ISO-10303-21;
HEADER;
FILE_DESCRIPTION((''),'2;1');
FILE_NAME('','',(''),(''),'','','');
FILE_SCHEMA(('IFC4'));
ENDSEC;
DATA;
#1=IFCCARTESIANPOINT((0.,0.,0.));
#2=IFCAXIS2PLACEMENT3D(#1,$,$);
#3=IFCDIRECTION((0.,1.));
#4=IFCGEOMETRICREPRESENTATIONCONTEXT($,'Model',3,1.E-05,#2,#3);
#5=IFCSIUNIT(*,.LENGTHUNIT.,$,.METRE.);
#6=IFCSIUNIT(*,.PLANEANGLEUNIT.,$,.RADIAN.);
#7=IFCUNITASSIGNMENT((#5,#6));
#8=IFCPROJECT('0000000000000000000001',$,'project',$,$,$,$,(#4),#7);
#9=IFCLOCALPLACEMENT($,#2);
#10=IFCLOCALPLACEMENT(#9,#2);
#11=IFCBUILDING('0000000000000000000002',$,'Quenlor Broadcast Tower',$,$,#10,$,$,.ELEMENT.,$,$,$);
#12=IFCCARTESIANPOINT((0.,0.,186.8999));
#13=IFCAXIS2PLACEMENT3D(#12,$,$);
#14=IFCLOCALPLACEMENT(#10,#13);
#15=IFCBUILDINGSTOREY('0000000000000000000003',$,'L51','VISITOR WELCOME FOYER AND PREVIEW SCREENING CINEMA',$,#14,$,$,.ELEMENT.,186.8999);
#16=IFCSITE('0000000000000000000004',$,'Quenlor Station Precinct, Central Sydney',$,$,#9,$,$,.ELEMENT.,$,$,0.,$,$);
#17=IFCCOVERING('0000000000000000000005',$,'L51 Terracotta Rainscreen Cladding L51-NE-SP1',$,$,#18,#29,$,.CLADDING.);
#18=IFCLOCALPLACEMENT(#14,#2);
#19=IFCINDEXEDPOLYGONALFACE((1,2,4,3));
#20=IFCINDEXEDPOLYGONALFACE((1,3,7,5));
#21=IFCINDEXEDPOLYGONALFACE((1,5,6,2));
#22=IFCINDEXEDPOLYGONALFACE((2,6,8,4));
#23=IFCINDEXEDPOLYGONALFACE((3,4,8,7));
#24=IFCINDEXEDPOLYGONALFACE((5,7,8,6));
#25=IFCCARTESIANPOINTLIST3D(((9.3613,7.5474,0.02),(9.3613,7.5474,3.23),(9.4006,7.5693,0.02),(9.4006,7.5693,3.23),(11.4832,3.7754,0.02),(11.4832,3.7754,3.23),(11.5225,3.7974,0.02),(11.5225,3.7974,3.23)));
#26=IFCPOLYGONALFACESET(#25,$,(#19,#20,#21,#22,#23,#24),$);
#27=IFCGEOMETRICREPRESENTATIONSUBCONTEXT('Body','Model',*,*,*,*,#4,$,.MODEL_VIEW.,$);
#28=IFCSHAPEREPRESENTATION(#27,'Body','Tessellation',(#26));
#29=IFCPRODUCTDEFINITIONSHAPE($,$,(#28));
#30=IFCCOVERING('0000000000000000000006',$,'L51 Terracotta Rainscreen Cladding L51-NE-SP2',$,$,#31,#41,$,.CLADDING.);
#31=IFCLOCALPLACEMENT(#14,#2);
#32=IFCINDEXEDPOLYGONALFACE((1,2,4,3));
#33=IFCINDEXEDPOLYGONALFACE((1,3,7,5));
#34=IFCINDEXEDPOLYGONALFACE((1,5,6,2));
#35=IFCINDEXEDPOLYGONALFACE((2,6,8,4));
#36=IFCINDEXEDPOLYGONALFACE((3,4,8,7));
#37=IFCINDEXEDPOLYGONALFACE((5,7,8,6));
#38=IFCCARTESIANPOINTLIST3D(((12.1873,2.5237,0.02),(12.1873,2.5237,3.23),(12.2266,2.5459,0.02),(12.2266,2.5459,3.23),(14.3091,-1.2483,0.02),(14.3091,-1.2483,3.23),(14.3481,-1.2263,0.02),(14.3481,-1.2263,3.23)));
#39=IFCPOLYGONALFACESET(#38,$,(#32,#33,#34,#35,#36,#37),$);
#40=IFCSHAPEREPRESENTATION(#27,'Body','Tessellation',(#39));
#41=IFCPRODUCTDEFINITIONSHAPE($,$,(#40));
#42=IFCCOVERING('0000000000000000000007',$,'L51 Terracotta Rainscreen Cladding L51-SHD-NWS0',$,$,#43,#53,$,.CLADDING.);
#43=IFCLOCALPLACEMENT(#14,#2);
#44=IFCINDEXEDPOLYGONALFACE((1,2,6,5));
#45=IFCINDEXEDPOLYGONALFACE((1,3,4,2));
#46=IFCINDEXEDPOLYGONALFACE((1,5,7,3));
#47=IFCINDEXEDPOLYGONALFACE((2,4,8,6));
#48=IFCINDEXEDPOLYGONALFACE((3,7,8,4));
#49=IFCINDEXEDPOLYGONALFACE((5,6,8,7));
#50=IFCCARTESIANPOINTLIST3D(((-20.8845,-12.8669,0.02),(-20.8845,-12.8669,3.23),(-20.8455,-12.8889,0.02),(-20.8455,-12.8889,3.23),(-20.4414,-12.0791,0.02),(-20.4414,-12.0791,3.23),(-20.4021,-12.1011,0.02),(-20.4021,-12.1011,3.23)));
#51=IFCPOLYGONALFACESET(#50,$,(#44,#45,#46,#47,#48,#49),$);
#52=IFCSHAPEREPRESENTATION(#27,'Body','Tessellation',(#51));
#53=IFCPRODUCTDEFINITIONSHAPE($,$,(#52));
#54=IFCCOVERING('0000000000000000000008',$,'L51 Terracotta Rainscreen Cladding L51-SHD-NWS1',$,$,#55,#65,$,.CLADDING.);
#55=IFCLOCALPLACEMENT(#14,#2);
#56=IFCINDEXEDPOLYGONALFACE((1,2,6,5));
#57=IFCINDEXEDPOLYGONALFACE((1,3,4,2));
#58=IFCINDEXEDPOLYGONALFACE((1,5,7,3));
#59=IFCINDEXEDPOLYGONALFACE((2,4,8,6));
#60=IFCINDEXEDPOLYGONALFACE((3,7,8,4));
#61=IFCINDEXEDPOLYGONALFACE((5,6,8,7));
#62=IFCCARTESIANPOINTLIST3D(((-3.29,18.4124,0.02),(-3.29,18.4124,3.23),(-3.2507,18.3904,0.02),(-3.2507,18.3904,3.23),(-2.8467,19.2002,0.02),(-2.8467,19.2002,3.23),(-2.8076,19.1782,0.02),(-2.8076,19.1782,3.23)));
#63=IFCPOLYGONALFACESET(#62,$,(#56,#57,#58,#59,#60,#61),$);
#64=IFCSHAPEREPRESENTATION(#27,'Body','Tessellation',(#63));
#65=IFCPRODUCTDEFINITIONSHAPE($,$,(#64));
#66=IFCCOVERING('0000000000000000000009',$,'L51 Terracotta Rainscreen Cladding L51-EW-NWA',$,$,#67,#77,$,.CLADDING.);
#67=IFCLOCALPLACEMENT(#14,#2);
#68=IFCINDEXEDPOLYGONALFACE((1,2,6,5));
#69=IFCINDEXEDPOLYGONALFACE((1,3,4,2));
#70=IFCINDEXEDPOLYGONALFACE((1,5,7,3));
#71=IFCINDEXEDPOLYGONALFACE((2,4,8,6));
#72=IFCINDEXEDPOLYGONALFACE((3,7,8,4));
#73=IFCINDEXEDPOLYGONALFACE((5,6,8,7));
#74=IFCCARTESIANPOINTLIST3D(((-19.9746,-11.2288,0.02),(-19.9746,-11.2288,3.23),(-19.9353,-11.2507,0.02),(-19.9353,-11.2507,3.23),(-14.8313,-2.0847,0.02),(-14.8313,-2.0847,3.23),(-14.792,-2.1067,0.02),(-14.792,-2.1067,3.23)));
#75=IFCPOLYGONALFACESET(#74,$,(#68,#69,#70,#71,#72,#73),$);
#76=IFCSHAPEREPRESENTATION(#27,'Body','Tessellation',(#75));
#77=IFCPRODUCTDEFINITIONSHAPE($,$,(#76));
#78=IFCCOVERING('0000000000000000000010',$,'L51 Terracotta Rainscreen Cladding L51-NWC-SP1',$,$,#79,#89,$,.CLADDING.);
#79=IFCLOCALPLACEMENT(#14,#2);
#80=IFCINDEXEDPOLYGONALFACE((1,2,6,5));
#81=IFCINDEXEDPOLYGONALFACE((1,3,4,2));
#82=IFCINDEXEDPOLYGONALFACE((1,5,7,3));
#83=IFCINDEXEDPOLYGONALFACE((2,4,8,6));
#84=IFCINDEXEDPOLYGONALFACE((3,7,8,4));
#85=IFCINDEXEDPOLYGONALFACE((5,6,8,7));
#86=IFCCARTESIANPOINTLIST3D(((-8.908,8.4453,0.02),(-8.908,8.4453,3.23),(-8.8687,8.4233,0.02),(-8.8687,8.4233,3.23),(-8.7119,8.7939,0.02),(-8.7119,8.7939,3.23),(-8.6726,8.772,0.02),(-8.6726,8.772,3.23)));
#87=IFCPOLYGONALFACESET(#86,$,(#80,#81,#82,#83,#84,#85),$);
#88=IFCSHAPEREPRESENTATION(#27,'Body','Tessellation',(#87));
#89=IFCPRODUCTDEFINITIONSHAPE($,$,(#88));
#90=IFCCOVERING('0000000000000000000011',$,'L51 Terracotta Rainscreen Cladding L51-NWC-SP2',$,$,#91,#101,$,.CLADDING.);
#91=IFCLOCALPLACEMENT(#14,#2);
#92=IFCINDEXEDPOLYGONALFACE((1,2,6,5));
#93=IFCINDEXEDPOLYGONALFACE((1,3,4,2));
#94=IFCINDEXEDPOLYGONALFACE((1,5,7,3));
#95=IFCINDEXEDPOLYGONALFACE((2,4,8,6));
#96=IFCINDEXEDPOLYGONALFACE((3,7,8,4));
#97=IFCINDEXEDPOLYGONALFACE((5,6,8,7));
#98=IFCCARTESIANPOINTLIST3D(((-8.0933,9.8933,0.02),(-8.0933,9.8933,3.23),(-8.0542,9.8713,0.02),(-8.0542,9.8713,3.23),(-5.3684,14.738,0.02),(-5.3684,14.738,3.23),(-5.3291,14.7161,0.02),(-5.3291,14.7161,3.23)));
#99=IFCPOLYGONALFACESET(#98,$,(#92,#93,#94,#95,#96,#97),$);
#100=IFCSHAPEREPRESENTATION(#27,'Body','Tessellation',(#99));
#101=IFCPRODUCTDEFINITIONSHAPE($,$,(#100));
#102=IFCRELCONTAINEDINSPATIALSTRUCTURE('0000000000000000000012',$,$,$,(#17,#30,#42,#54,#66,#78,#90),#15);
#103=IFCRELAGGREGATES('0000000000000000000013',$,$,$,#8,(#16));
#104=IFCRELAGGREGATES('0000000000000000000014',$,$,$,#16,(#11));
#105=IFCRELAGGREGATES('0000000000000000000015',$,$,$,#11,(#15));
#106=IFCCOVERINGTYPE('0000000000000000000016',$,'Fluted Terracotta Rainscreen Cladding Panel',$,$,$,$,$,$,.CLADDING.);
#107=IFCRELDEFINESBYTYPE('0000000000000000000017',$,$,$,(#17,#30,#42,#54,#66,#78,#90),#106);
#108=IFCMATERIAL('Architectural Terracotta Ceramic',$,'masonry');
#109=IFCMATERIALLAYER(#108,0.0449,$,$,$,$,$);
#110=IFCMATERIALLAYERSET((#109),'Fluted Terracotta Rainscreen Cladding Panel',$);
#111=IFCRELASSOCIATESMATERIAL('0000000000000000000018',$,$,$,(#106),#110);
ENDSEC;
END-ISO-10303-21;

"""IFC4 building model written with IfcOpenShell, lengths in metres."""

from ifc_helpers import new_model, si_unit, direction, frame, origin, place, context, subcontext, project, spatial, polyline, outline, extrude, material, layer, layer_set, type_object, element, save


model = new_model("IFC4")

# Units and contexts
model_context = context("Model", 3, precision=1e-05, world=origin(), true_north=direction((0.0, 1.0)))
body_context = subcontext(model_context, "Body", "Model", "MODEL_VIEW")
ifc_project = project(units=[si_unit("LENGTHUNIT", "METRE"), si_unit("PLANEANGLEUNIT", "RADIAN")], contexts=[model_context])

# Site, building, storey
site_placement = place(None, origin())
site = spatial("IfcSite", under=ifc_project, at=site_placement, Name="Quenlor Station Precinct, Central Sydney", CompositionType="ELEMENT", RefElevation=0.0)
building_placement = place(site_placement, origin())
building = spatial("IfcBuilding", under=site, at=building_placement, Name="Quenlor Broadcast Tower", CompositionType="ELEMENT")
storey_placement = place(building_placement, frame((0.0, 0.0, 186.8999)))
storey = spatial("IfcBuildingStorey", under=building, at=storey_placement, Name="L51", Description="VISITOR WELCOME FOYER AND PREVIEW SCREENING CINEMA", CompositionType="ELEMENT", Elevation=186.8999)

# Coverings
ifc_material_1 = material(Name="Architectural Terracotta Ceramic", Category="masonry")
ifc_layer_1 = layer(ifc_material_1, 0.0449)
ifc_layer_set_1 = layer_set([ifc_layer_1], Name="Fluted Terracotta Rainscreen Cladding Panel")
covering_type = type_object("IfcCoveringType", Name="Fluted Terracotta Rainscreen Cladding Panel", PredefinedType="CLADDING", material=ifc_layer_set_1)
covering_1_placement = place(storey_placement, frame((0.0, 0.0, 0.02)))
element("IfcCovering", 1, at=covering_1_placement, inside=storey, type_object=covering_type, Name="L51 Terracotta Rainscreen Cladding L51-NE-SP1", PredefinedType="CLADDING", context=body_context, shape_type="SweptSolid", body=[
    extrude(outline(polyline([(9.3613, 7.5474), (11.4832, 3.7754), (11.5225, 3.7974), (9.4006, 7.5693), (9.3613, 7.5474)])), origin(), (0.0, 0.0, 1.0), 3.21),
])
covering_2_placement = place(storey_placement, frame((0.0, 0.0, 0.02)))
element("IfcCovering", 2, at=covering_2_placement, inside=storey, type_object=covering_type, Name="L51 Terracotta Rainscreen Cladding L51-NE-SP2", PredefinedType="CLADDING", context=body_context, shape_type="SweptSolid", body=[
    extrude(outline(polyline([(12.1873, 2.5237), (14.3091, -1.2483), (14.3481, -1.2263), (12.2266, 2.5459), (12.1873, 2.5237)])), origin(), (0.0, 0.0, 1.0), 3.21),
])
covering_3_placement = place(storey_placement, frame((0.0, 0.0, 0.02)))
element("IfcCovering", 3, at=covering_3_placement, inside=storey, type_object=covering_type, Name="L51 Terracotta Rainscreen Cladding L51-SHD-NWS0", PredefinedType="CLADDING", context=body_context, shape_type="SweptSolid", body=[
    extrude(outline(polyline([(-20.8455, -12.8889), (-20.4021, -12.1011), (-20.4414, -12.0791), (-20.8845, -12.8669), (-20.8455, -12.8889)])), origin(), (0.0, 0.0, 1.0), 3.21),
])
covering_4_placement = place(storey_placement, frame((0.0, 0.0, 0.02)))
element("IfcCovering", 4, at=covering_4_placement, inside=storey, type_object=covering_type, Name="L51 Terracotta Rainscreen Cladding L51-SHD-NWS1", PredefinedType="CLADDING", context=body_context, shape_type="SweptSolid", body=[
    extrude(outline(polyline([(-3.2507, 18.3904), (-2.8076, 19.1782), (-2.8467, 19.2002), (-3.29, 18.4124), (-3.2507, 18.3904)])), origin(), (0.0, 0.0, 1.0), 3.21),
])
covering_5_placement = place(storey_placement, frame((0.0, 0.0, 0.02)))
element("IfcCovering", 5, at=covering_5_placement, inside=storey, type_object=covering_type, Name="L51 Terracotta Rainscreen Cladding L51-EW-NWA", PredefinedType="CLADDING", context=body_context, shape_type="SweptSolid", body=[
    extrude(outline(polyline([(-19.9353, -11.2507), (-14.792, -2.1067), (-14.8313, -2.0847), (-19.9746, -11.2288), (-19.9353, -11.2507)])), origin(), (0.0, 0.0, 1.0), 3.21),
])
covering_6_placement = place(storey_placement, frame((0.0, 0.0, 0.02)))
element("IfcCovering", 6, at=covering_6_placement, inside=storey, type_object=covering_type, Name="L51 Terracotta Rainscreen Cladding L51-NWC-SP1", PredefinedType="CLADDING", context=body_context, shape_type="SweptSolid", body=[
    extrude(outline(polyline([(-8.8687, 8.4233), (-8.6726, 8.772), (-8.7119, 8.7939), (-8.908, 8.4453), (-8.8687, 8.4233)])), origin(), (0.0, 0.0, 1.0), 3.21),
])
covering_7_placement = place(storey_placement, frame((0.0, 0.0, 0.02)))
element("IfcCovering", 7, at=covering_7_placement, inside=storey, type_object=covering_type, Name="L51 Terracotta Rainscreen Cladding L51-NWC-SP2", PredefinedType="CLADDING", context=body_context, shape_type="SweptSolid", body=[
    extrude(outline(polyline([(-8.0542, 9.8713), (-5.3291, 14.7161), (-5.3684, 14.738), (-8.0933, 9.8933), (-8.0542, 9.8713)])), origin(), (0.0, 0.0, 1.0), 3.21),
])

save(model, "model.ifc")
